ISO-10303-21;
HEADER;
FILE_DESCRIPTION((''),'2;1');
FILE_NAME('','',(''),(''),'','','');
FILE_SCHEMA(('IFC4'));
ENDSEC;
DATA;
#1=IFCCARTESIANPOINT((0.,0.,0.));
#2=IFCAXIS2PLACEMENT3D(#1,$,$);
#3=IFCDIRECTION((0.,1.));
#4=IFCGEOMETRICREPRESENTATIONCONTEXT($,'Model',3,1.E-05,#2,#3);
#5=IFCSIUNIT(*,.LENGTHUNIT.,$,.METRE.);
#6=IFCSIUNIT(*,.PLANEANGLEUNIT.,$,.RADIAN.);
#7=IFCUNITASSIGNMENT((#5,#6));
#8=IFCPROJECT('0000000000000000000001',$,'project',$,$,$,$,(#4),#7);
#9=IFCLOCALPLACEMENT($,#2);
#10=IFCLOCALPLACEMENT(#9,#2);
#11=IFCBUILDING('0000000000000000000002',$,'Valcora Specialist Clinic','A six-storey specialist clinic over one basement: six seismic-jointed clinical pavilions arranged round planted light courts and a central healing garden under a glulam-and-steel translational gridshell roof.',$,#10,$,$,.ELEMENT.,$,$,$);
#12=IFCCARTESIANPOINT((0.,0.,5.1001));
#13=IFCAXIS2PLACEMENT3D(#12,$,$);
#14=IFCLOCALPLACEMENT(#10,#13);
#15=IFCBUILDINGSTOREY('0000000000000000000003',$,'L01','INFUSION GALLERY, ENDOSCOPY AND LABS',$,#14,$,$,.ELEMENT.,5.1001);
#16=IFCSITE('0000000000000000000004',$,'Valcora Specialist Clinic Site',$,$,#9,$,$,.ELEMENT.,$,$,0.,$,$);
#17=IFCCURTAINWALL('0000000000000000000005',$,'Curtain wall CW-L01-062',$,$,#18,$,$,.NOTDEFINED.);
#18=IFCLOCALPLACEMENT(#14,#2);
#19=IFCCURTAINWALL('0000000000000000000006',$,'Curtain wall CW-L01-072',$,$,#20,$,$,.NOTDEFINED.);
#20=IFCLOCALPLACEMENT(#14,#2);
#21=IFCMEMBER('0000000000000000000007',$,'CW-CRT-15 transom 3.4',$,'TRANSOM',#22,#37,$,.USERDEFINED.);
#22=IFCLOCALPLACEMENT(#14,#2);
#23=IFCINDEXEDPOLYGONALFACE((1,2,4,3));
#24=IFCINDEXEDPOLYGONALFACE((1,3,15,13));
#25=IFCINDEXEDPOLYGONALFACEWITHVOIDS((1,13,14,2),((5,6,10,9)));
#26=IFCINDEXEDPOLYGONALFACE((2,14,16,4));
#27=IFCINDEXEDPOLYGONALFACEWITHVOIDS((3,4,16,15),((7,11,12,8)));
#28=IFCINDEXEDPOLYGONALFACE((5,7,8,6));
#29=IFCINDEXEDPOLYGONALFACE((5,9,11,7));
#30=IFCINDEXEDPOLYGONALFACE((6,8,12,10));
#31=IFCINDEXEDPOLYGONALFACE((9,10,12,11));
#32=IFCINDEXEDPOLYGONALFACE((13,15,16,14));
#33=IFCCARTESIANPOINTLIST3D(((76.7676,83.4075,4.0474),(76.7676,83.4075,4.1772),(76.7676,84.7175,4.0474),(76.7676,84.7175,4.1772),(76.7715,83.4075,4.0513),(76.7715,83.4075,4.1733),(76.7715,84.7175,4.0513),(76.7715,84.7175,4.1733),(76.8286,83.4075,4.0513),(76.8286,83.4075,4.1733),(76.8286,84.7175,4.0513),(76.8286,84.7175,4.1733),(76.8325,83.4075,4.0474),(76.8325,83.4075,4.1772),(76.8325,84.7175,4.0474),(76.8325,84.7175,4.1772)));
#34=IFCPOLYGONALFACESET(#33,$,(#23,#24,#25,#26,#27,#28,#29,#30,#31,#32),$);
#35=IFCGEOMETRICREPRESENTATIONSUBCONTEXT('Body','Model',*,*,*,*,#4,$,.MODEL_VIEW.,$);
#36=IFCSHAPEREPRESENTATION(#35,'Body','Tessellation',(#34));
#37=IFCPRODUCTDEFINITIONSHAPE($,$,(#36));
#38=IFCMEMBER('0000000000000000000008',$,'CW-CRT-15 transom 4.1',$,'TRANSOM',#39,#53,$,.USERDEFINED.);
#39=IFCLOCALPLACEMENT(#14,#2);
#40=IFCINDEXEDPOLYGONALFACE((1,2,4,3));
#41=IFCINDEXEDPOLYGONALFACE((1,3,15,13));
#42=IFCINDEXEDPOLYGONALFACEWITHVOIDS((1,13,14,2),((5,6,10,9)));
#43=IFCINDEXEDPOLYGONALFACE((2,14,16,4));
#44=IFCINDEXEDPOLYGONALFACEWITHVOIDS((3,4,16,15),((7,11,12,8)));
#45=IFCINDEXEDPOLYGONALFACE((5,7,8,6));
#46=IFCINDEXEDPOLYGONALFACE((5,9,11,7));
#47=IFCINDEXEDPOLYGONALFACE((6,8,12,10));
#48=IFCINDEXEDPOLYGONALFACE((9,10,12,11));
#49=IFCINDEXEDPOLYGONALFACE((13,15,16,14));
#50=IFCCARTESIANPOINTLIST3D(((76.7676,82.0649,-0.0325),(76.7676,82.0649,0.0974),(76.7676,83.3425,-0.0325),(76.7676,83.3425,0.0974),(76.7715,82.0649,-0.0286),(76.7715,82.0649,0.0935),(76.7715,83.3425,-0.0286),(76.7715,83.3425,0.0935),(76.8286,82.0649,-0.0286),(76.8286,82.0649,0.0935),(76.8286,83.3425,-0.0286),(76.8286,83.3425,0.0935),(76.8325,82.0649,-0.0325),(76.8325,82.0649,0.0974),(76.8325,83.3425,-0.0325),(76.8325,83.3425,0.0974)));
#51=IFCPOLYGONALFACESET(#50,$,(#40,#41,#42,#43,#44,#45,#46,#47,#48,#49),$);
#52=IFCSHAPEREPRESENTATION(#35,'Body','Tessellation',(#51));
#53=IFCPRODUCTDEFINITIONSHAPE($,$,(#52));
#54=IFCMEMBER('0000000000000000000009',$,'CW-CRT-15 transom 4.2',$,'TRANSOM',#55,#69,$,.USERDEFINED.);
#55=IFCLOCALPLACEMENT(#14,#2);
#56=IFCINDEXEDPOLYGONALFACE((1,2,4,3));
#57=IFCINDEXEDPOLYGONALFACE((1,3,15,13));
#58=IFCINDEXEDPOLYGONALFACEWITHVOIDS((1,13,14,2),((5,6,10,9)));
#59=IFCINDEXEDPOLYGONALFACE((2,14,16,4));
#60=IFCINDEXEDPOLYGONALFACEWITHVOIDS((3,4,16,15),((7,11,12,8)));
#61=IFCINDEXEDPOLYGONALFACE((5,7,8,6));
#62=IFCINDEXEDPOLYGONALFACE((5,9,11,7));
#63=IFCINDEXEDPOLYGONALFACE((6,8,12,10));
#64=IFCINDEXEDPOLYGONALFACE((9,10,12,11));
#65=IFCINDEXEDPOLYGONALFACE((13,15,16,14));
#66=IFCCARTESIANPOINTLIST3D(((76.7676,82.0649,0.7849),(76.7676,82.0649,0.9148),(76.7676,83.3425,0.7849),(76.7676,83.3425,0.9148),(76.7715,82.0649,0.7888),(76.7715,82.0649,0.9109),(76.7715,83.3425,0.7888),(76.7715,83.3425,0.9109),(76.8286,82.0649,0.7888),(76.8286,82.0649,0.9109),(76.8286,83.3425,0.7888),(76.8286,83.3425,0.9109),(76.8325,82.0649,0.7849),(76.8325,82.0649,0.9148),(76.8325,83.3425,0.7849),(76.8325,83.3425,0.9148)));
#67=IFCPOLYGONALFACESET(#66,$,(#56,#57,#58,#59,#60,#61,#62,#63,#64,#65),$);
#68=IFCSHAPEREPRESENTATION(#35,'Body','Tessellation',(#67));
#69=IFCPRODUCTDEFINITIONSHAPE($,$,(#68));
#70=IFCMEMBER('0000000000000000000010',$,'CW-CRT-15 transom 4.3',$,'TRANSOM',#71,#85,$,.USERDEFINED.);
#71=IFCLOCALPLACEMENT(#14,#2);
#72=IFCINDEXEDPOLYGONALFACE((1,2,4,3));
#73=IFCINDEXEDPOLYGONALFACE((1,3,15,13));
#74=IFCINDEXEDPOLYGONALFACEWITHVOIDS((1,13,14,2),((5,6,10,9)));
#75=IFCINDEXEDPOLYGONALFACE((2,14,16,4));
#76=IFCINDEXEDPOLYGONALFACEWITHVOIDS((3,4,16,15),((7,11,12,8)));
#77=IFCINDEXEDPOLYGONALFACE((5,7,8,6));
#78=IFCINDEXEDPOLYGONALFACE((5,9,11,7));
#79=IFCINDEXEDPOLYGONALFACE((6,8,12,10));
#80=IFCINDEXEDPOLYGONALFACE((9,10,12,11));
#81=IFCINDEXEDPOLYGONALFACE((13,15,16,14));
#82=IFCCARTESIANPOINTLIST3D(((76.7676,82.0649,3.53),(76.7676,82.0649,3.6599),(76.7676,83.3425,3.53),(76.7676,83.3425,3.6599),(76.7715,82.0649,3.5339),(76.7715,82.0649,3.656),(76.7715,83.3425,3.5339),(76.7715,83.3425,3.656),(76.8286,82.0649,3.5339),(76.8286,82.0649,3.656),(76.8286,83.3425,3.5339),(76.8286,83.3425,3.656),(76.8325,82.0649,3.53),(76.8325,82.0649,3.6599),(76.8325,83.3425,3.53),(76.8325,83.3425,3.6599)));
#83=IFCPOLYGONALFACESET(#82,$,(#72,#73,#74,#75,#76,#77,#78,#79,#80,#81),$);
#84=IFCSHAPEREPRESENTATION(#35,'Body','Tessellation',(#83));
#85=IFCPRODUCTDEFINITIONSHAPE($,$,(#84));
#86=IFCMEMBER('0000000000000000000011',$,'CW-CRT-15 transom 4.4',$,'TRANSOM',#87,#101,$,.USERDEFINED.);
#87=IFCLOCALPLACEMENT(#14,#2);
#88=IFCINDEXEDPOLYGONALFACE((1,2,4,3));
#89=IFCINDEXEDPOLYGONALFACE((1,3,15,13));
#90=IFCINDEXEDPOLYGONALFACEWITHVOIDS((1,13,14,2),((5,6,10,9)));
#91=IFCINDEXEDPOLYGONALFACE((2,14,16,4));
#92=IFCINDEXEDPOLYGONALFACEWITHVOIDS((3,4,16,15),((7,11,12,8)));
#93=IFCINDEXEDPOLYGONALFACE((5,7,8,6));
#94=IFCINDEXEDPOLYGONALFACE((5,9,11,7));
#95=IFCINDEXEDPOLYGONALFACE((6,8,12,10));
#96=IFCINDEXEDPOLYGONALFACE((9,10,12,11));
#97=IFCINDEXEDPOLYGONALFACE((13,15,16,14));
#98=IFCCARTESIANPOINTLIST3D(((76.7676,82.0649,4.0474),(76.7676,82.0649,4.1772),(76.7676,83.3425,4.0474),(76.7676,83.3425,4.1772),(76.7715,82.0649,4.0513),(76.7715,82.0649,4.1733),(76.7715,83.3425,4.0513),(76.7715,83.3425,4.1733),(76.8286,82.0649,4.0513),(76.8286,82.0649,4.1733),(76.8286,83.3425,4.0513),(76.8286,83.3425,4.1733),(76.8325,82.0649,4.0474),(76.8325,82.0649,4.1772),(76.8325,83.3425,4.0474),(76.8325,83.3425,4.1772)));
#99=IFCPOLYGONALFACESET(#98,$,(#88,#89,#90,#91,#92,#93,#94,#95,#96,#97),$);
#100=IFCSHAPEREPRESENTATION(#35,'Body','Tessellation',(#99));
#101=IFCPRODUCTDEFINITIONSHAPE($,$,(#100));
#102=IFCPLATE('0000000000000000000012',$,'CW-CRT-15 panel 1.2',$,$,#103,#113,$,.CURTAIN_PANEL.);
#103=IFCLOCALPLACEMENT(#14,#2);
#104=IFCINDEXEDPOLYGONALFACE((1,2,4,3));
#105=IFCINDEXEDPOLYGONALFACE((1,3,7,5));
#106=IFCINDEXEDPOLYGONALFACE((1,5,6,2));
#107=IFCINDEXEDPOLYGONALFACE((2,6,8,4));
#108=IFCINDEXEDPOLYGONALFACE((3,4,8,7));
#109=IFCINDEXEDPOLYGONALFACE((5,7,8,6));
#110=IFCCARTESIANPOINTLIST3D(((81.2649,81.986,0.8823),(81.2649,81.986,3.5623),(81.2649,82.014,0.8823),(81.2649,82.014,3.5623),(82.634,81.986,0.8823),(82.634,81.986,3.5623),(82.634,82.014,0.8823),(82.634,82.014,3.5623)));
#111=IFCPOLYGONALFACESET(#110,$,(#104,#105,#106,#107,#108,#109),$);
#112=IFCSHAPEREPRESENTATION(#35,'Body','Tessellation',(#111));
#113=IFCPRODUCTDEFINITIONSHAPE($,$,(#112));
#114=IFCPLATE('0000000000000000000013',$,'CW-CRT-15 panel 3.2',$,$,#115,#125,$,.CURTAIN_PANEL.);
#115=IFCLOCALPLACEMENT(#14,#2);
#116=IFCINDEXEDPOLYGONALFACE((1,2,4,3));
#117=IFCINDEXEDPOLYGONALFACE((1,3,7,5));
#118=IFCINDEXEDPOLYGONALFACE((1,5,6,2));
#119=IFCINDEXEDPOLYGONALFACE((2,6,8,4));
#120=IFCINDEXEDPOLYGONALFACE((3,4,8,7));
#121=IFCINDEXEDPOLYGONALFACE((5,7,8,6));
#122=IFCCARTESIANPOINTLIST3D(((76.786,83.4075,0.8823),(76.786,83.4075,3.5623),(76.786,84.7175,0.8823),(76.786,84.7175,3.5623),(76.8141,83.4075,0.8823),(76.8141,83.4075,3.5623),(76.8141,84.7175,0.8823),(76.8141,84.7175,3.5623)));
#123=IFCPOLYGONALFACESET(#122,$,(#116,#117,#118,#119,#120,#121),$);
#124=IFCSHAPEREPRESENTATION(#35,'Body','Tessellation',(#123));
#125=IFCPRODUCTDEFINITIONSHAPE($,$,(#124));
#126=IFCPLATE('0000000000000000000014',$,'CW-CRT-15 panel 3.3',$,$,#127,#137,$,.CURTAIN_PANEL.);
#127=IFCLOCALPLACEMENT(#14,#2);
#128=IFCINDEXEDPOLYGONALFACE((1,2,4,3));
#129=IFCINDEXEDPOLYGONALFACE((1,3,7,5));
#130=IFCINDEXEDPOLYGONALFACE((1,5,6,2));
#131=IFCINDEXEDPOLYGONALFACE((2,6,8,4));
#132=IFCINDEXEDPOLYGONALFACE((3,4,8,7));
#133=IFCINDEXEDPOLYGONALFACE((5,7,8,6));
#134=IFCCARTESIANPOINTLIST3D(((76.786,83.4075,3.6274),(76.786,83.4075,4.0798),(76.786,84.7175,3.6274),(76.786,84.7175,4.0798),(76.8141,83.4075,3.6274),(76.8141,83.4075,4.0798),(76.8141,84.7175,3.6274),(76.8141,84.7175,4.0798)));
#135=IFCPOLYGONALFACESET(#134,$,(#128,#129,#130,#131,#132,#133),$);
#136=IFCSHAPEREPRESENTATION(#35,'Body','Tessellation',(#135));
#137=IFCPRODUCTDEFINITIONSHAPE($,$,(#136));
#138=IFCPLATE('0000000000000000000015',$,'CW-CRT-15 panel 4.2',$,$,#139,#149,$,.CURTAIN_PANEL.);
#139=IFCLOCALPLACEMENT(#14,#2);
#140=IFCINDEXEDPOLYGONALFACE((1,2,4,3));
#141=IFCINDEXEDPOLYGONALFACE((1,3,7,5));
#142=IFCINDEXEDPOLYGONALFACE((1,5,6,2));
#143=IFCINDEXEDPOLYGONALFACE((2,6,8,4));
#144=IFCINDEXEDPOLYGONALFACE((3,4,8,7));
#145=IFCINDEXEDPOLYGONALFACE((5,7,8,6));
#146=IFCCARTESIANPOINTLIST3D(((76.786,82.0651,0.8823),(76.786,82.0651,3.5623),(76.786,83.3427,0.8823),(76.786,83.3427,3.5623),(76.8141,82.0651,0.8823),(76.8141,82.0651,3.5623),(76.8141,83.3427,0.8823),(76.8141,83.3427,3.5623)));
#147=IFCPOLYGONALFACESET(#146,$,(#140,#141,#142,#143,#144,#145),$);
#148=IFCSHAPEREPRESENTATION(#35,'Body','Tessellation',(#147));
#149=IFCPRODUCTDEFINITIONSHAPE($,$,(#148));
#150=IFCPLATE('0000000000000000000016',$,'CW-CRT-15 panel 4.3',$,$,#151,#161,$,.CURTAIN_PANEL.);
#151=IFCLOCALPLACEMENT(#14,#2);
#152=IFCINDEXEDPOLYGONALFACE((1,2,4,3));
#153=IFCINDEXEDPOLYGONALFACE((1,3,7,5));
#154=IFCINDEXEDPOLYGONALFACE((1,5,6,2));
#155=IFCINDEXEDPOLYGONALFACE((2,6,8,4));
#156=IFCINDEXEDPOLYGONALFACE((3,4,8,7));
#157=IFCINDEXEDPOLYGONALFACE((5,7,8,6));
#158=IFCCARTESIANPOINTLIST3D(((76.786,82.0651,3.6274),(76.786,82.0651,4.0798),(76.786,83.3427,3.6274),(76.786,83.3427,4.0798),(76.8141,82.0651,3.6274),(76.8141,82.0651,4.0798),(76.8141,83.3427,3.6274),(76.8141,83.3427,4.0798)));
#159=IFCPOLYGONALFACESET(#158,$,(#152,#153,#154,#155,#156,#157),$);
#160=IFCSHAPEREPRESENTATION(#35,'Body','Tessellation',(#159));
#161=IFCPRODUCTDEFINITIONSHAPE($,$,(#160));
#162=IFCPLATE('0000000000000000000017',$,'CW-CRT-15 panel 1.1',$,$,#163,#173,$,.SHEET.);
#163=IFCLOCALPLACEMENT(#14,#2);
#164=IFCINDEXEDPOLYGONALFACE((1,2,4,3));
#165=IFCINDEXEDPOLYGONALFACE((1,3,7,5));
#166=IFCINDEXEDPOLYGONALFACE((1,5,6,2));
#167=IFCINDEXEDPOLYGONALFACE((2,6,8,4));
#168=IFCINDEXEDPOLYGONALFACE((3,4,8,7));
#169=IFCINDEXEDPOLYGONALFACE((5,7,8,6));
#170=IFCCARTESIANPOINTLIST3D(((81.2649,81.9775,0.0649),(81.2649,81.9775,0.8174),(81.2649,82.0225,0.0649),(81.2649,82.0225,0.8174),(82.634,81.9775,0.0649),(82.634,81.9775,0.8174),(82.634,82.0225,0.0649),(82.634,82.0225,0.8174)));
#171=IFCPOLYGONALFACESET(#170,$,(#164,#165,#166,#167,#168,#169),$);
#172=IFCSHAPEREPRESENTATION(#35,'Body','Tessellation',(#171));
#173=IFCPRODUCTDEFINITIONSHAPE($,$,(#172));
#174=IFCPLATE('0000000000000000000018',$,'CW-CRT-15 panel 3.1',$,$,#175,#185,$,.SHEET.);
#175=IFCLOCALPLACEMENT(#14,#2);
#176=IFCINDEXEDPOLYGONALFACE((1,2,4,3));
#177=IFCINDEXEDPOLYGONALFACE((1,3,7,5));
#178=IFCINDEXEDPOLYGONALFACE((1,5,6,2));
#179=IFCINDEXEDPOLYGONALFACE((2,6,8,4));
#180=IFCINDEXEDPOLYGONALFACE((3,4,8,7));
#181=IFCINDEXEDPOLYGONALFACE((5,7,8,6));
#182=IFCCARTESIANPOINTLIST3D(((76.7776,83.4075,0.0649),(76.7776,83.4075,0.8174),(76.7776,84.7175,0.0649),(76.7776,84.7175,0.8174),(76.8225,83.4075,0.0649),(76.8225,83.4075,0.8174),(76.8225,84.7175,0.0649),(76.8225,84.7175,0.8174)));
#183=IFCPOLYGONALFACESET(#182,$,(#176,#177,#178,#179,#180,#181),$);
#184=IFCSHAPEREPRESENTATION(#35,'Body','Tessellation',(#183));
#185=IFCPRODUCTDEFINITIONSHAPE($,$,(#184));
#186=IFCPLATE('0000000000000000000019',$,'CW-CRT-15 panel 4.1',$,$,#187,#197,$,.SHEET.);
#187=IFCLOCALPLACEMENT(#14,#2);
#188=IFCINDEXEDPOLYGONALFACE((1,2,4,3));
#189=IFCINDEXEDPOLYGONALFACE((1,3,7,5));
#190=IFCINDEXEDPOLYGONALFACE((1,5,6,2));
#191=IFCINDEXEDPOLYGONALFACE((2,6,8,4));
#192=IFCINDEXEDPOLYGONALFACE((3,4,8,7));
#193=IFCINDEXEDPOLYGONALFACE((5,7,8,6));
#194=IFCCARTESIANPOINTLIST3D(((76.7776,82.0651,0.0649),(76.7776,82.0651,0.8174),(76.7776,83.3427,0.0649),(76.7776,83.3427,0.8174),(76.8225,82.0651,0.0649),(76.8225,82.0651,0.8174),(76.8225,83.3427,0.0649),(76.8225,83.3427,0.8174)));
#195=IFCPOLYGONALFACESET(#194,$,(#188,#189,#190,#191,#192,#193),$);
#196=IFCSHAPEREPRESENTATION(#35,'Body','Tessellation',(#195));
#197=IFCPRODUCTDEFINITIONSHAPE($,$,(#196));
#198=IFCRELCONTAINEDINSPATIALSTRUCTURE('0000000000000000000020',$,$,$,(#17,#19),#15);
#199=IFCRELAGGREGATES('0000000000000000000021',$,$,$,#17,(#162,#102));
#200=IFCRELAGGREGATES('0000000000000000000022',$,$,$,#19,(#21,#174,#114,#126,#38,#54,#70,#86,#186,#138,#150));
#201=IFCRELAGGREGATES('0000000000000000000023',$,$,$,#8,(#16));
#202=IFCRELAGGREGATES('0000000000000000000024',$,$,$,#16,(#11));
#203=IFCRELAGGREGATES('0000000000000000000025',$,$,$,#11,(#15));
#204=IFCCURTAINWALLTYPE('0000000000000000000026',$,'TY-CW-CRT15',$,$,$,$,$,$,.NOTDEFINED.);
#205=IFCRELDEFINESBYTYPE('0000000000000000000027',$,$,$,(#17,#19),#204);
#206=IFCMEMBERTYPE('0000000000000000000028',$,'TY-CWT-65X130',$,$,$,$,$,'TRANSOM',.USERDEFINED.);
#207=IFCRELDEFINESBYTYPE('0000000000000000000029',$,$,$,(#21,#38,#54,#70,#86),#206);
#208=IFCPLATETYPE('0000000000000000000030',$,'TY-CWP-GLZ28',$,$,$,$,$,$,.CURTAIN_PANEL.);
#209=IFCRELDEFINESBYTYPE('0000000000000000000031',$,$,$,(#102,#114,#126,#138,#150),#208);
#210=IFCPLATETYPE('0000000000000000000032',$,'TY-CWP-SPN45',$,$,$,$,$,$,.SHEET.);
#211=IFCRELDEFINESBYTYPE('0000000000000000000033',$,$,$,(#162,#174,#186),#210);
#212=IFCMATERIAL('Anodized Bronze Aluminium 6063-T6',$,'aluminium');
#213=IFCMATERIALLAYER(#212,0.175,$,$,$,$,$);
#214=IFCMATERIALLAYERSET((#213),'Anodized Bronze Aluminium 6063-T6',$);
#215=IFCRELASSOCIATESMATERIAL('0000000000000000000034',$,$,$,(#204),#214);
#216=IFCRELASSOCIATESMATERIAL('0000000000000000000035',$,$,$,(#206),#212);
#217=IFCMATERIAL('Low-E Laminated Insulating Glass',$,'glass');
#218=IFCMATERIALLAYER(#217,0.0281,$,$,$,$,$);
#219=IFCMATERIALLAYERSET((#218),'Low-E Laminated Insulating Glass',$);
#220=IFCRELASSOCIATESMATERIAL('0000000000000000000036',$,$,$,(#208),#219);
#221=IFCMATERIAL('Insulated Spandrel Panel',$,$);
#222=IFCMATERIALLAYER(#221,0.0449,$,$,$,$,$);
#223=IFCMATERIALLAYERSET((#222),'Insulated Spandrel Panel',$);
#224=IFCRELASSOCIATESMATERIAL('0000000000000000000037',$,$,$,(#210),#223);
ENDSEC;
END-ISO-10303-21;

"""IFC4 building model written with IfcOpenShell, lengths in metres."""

from ifc_helpers import new_model, si_unit, direction, frame, origin, origin_2d, place, context, subcontext, project, spatial, rectangle, hollow_rectangle, extrude, material, layer, layer_set, material_profile, profile_set, type_object, element, aggregate, save


model = new_model("IFC4")

# Units and contexts
model_context = context("Model", 3, precision=1e-05, world=origin(), true_north=direction((0.0, 1.0)))
body_context = subcontext(model_context, "Body", "Model", "MODEL_VIEW")
ifc_project = project(units=[si_unit("LENGTHUNIT", "METRE"), si_unit("PLANEANGLEUNIT", "RADIAN")], contexts=[model_context])

# Site, building, storey
site_placement = place(None, origin())
site = spatial("IfcSite", under=ifc_project, at=site_placement, Name="Valcora Specialist Clinic Site", CompositionType="ELEMENT", RefElevation=0.0)
building_placement = place(site_placement, origin())
building = spatial("IfcBuilding", under=site, at=building_placement, Name="Valcora Specialist Clinic", Description="A six-storey specialist clinic over one basement: six seismic-jointed clinical pavilions arranged round planted light courts and a central healing garden under a glulam-and-steel translational gridshell roof.", CompositionType="ELEMENT")
storey_placement = place(building_placement, frame((0.0, 0.0, 5.1001)))
storey = spatial("IfcBuildingStorey", under=building, at=storey_placement, Name="L01", Description="INFUSION GALLERY, ENDOSCOPY AND LABS", CompositionType="ELEMENT", Elevation=5.1001)

# Curtain wall
ifc_material_1 = material(Name="Anodized Bronze Aluminium 6063-T6", Category="aluminium")
ifc_layer_1 = layer(ifc_material_1, 0.175)
ifc_layer_set_1 = layer_set([ifc_layer_1], Name="Anodized Bronze Aluminium 6063-T6")
curtain_wall_type = type_object("IfcCurtainWallType", Name="TY-CW-CRT15", PredefinedType="NOTDEFINED", material=ifc_layer_set_1)
curtain_wall_1_placement = place(storey_placement, origin())
curtain_wall_1 = element("IfcCurtainWall", 1, at=curtain_wall_1_placement, inside=storey, type_object=curtain_wall_type, Name="Curtain wall CW-L01-062", PredefinedType="NOTDEFINED")

# Curtain wall
curtain_wall_2_placement = place(storey_placement, origin())
curtain_wall_2 = element("IfcCurtainWall", 2, at=curtain_wall_2_placement, inside=storey, type_object=curtain_wall_type, Name="Curtain wall CW-L01-072", PredefinedType="NOTDEFINED")

# Members
ifc_material_profile_1 = material_profile(ifc_material_1, hollow_rectangle(XDim=0.0649, YDim=0.1299, WallThickness=0.0039, at=origin_2d()), Name="AL-TRN-65X130")
ifc_profile_set_1 = profile_set([ifc_material_profile_1], Name="Anodized Bronze Aluminium 6063-T6")
member_type_1 = type_object("IfcMemberType", Name="TY-CWT-65X130", ElementType="TRANSOM", PredefinedType="USERDEFINED", material=ifc_profile_set_1)
member_1_placement = place(storey_placement, frame((76.8, 84.7175, 4.1123), z_axis=(0.0, -1.0, 0.0), x_axis=(1.0, 0.0, 0.0)))
member_1 = element("IfcMember", 3, at=member_1_placement, type_object=member_type_1, Name="CW-CRT-15 transom 3.4", ObjectType="TRANSOM", PredefinedType="USERDEFINED", context=body_context, shape_type="SweptSolid", body=[
    extrude(hollow_rectangle(XDim=0.0649, YDim=0.1299, WallThickness=0.0039, at=origin_2d()), origin(), (0.0, 0.0, 1.0), 1.3101),
])
member_2_placement = place(storey_placement, frame((76.8, 83.3425, 0.0325), z_axis=(0.0, -1.0, 0.0), x_axis=(1.0, 0.0, 0.0)))
member_2 = element("IfcMember", 4, at=member_2_placement, type_object=member_type_1, Name="CW-CRT-15 transom 4.1", ObjectType="TRANSOM", PredefinedType="USERDEFINED", context=body_context, shape_type="SweptSolid", body=[
    extrude(hollow_rectangle(XDim=0.0649, YDim=0.1299, WallThickness=0.0039, at=origin_2d()), origin(), (0.0, 0.0, 1.0), 1.2776),
])
member_3_placement = place(storey_placement, frame((76.8, 83.3425, 0.8499), z_axis=(0.0, -1.0, 0.0), x_axis=(1.0, 0.0, 0.0)))
member_3 = element("IfcMember", 5, at=member_3_placement, type_object=member_type_1, Name="CW-CRT-15 transom 4.2", ObjectType="TRANSOM", PredefinedType="USERDEFINED", context=body_context, shape_type="SweptSolid", body=[
    extrude(hollow_rectangle(XDim=0.0649, YDim=0.1299, WallThickness=0.0039, at=origin_2d()), origin(), (0.0, 0.0, 1.0), 1.2776),
])
member_4_placement = place(storey_placement, frame((76.8, 83.3425, 3.595), z_axis=(0.0, -1.0, 0.0), x_axis=(1.0, 0.0, 0.0)))
member_4 = element("IfcMember", 6, at=member_4_placement, type_object=member_type_1, Name="CW-CRT-15 transom 4.3", ObjectType="TRANSOM", PredefinedType="USERDEFINED", context=body_context, shape_type="SweptSolid", body=[
    extrude(hollow_rectangle(XDim=0.0649, YDim=0.1299, WallThickness=0.0039, at=origin_2d()), origin(), (0.0, 0.0, 1.0), 1.2776),
])
member_5_placement = place(storey_placement, frame((76.8, 83.3425, 4.1123), z_axis=(0.0, -1.0, 0.0), x_axis=(1.0, 0.0, 0.0)))
member_5 = element("IfcMember", 7, at=member_5_placement, type_object=member_type_1, Name="CW-CRT-15 transom 4.4", ObjectType="TRANSOM", PredefinedType="USERDEFINED", context=body_context, shape_type="SweptSolid", body=[
    extrude(hollow_rectangle(XDim=0.0649, YDim=0.1299, WallThickness=0.0039, at=origin_2d()), origin(), (0.0, 0.0, 1.0), 1.2776),
])

# Plates
ifc_material_2 = material(Name="Low-E Laminated Insulating Glass", Category="glass")
ifc_layer_2 = layer(ifc_material_2, 0.0281)
ifc_layer_set_2 = layer_set([ifc_layer_2], Name="Low-E Laminated Insulating Glass")
plate_type_1 = type_object("IfcPlateType", Name="TY-CWP-GLZ28", PredefinedType="CURTAIN_PANEL", material=ifc_layer_set_2)
plate_1_placement = place(storey_placement, frame((81.9495, 82.0, 0.8823), z_axis=(0.0, 0.0, 1.0), x_axis=(1.0, 0.0, 0.0)))
plate_1 = element("IfcPlate", 8, at=plate_1_placement, type_object=plate_type_1, Name="CW-CRT-15 panel 1.2", PredefinedType="CURTAIN_PANEL", context=body_context, shape_type="SweptSolid", body=[
    extrude(rectangle(XDim=1.3691, YDim=0.0281, at=origin_2d()), origin(), (0.0, 0.0, 1.0), 2.6799),
])
plate_2_placement = place(storey_placement, frame((76.8, 84.0625, 0.8823), z_axis=(0.0, 0.0, 1.0), x_axis=(0.0, -1.0, 0.0)))
plate_2 = element("IfcPlate", 9, at=plate_2_placement, type_object=plate_type_1, Name="CW-CRT-15 panel 3.2", PredefinedType="CURTAIN_PANEL", context=body_context, shape_type="SweptSolid", body=[
    extrude(rectangle(XDim=1.3101, YDim=0.0281, at=origin_2d()), origin(), (0.0, 0.0, 1.0), 2.6799),
])
plate_3_placement = place(storey_placement, frame((76.8, 84.0625, 3.6274), z_axis=(0.0, 0.0, 1.0), x_axis=(0.0, -1.0, 0.0)))
plate_3 = element("IfcPlate", 10, at=plate_3_placement, type_object=plate_type_1, Name="CW-CRT-15 panel 3.3", PredefinedType="CURTAIN_PANEL", context=body_context, shape_type="SweptSolid", body=[
    extrude(rectangle(XDim=1.3101, YDim=0.0281, at=origin_2d()), origin(), (0.0, 0.0, 1.0), 0.4524),
])
plate_4_placement = place(storey_placement, frame((76.8, 82.7039, 0.8823), z_axis=(0.0, 0.0, 1.0), x_axis=(0.0, -1.0, 0.0)))
plate_4 = element("IfcPlate", 11, at=plate_4_placement, type_object=plate_type_1, Name="CW-CRT-15 panel 4.2", PredefinedType="CURTAIN_PANEL", context=body_context, shape_type="SweptSolid", body=[
    extrude(rectangle(XDim=1.2776, YDim=0.0281, at=origin_2d()), origin(), (0.0, 0.0, 1.0), 2.6799),
])
plate_5_placement = place(storey_placement, frame((76.8, 82.7039, 3.6274), z_axis=(0.0, 0.0, 1.0), x_axis=(0.0, -1.0, 0.0)))
plate_5 = element("IfcPlate", 12, at=plate_5_placement, type_object=plate_type_1, Name="CW-CRT-15 panel 4.3", PredefinedType="CURTAIN_PANEL", context=body_context, shape_type="SweptSolid", body=[
    extrude(rectangle(XDim=1.2776, YDim=0.0281, at=origin_2d()), origin(), (0.0, 0.0, 1.0), 0.4524),
])
ifc_material_3 = material(Name="Insulated Spandrel Panel")
ifc_layer_3 = layer(ifc_material_3, 0.0449)
ifc_layer_set_3 = layer_set([ifc_layer_3], Name="Insulated Spandrel Panel")
plate_type_2 = type_object("IfcPlateType", Name="TY-CWP-SPN45", PredefinedType="SHEET", material=ifc_layer_set_3)
plate_6_placement = place(storey_placement, frame((81.9495, 82.0, 0.0649), z_axis=(0.0, 0.0, 1.0), x_axis=(1.0, 0.0, 0.0)))
plate_6 = element("IfcPlate", 13, at=plate_6_placement, type_object=plate_type_2, Name="CW-CRT-15 panel 1.1", PredefinedType="SHEET", context=body_context, shape_type="SweptSolid", body=[
    extrude(rectangle(XDim=1.3691, YDim=0.0449, at=origin_2d()), origin(), (0.0, 0.0, 1.0), 0.7524),
])
aggregate(curtain_wall_1, [plate_6, plate_1])
plate_7_placement = place(storey_placement, frame((76.8, 84.0625, 0.0649), z_axis=(0.0, 0.0, 1.0), x_axis=(0.0, -1.0, 0.0)))
plate_7 = element("IfcPlate", 14, at=plate_7_placement, type_object=plate_type_2, Name="CW-CRT-15 panel 3.1", PredefinedType="SHEET", context=body_context, shape_type="SweptSolid", body=[
    extrude(rectangle(XDim=1.3101, YDim=0.0449, at=origin_2d()), origin(), (0.0, 0.0, 1.0), 0.7524),
])
plate_8_placement = place(storey_placement, frame((76.8, 82.7039, 0.0649), z_axis=(0.0, 0.0, 1.0), x_axis=(0.0, -1.0, 0.0)))
plate_8 = element("IfcPlate", 15, at=plate_8_placement, type_object=plate_type_2, Name="CW-CRT-15 panel 4.1", PredefinedType="SHEET", context=body_context, shape_type="SweptSolid", body=[
    extrude(rectangle(XDim=1.2776, YDim=0.0449, at=origin_2d()), origin(), (0.0, 0.0, 1.0), 0.7524),
])
aggregate(curtain_wall_2, [member_1, plate_7, plate_2, plate_3, member_2, member_3, member_4, member_5, plate_8, plate_4, plate_5])

save(model, "model.ifc")
